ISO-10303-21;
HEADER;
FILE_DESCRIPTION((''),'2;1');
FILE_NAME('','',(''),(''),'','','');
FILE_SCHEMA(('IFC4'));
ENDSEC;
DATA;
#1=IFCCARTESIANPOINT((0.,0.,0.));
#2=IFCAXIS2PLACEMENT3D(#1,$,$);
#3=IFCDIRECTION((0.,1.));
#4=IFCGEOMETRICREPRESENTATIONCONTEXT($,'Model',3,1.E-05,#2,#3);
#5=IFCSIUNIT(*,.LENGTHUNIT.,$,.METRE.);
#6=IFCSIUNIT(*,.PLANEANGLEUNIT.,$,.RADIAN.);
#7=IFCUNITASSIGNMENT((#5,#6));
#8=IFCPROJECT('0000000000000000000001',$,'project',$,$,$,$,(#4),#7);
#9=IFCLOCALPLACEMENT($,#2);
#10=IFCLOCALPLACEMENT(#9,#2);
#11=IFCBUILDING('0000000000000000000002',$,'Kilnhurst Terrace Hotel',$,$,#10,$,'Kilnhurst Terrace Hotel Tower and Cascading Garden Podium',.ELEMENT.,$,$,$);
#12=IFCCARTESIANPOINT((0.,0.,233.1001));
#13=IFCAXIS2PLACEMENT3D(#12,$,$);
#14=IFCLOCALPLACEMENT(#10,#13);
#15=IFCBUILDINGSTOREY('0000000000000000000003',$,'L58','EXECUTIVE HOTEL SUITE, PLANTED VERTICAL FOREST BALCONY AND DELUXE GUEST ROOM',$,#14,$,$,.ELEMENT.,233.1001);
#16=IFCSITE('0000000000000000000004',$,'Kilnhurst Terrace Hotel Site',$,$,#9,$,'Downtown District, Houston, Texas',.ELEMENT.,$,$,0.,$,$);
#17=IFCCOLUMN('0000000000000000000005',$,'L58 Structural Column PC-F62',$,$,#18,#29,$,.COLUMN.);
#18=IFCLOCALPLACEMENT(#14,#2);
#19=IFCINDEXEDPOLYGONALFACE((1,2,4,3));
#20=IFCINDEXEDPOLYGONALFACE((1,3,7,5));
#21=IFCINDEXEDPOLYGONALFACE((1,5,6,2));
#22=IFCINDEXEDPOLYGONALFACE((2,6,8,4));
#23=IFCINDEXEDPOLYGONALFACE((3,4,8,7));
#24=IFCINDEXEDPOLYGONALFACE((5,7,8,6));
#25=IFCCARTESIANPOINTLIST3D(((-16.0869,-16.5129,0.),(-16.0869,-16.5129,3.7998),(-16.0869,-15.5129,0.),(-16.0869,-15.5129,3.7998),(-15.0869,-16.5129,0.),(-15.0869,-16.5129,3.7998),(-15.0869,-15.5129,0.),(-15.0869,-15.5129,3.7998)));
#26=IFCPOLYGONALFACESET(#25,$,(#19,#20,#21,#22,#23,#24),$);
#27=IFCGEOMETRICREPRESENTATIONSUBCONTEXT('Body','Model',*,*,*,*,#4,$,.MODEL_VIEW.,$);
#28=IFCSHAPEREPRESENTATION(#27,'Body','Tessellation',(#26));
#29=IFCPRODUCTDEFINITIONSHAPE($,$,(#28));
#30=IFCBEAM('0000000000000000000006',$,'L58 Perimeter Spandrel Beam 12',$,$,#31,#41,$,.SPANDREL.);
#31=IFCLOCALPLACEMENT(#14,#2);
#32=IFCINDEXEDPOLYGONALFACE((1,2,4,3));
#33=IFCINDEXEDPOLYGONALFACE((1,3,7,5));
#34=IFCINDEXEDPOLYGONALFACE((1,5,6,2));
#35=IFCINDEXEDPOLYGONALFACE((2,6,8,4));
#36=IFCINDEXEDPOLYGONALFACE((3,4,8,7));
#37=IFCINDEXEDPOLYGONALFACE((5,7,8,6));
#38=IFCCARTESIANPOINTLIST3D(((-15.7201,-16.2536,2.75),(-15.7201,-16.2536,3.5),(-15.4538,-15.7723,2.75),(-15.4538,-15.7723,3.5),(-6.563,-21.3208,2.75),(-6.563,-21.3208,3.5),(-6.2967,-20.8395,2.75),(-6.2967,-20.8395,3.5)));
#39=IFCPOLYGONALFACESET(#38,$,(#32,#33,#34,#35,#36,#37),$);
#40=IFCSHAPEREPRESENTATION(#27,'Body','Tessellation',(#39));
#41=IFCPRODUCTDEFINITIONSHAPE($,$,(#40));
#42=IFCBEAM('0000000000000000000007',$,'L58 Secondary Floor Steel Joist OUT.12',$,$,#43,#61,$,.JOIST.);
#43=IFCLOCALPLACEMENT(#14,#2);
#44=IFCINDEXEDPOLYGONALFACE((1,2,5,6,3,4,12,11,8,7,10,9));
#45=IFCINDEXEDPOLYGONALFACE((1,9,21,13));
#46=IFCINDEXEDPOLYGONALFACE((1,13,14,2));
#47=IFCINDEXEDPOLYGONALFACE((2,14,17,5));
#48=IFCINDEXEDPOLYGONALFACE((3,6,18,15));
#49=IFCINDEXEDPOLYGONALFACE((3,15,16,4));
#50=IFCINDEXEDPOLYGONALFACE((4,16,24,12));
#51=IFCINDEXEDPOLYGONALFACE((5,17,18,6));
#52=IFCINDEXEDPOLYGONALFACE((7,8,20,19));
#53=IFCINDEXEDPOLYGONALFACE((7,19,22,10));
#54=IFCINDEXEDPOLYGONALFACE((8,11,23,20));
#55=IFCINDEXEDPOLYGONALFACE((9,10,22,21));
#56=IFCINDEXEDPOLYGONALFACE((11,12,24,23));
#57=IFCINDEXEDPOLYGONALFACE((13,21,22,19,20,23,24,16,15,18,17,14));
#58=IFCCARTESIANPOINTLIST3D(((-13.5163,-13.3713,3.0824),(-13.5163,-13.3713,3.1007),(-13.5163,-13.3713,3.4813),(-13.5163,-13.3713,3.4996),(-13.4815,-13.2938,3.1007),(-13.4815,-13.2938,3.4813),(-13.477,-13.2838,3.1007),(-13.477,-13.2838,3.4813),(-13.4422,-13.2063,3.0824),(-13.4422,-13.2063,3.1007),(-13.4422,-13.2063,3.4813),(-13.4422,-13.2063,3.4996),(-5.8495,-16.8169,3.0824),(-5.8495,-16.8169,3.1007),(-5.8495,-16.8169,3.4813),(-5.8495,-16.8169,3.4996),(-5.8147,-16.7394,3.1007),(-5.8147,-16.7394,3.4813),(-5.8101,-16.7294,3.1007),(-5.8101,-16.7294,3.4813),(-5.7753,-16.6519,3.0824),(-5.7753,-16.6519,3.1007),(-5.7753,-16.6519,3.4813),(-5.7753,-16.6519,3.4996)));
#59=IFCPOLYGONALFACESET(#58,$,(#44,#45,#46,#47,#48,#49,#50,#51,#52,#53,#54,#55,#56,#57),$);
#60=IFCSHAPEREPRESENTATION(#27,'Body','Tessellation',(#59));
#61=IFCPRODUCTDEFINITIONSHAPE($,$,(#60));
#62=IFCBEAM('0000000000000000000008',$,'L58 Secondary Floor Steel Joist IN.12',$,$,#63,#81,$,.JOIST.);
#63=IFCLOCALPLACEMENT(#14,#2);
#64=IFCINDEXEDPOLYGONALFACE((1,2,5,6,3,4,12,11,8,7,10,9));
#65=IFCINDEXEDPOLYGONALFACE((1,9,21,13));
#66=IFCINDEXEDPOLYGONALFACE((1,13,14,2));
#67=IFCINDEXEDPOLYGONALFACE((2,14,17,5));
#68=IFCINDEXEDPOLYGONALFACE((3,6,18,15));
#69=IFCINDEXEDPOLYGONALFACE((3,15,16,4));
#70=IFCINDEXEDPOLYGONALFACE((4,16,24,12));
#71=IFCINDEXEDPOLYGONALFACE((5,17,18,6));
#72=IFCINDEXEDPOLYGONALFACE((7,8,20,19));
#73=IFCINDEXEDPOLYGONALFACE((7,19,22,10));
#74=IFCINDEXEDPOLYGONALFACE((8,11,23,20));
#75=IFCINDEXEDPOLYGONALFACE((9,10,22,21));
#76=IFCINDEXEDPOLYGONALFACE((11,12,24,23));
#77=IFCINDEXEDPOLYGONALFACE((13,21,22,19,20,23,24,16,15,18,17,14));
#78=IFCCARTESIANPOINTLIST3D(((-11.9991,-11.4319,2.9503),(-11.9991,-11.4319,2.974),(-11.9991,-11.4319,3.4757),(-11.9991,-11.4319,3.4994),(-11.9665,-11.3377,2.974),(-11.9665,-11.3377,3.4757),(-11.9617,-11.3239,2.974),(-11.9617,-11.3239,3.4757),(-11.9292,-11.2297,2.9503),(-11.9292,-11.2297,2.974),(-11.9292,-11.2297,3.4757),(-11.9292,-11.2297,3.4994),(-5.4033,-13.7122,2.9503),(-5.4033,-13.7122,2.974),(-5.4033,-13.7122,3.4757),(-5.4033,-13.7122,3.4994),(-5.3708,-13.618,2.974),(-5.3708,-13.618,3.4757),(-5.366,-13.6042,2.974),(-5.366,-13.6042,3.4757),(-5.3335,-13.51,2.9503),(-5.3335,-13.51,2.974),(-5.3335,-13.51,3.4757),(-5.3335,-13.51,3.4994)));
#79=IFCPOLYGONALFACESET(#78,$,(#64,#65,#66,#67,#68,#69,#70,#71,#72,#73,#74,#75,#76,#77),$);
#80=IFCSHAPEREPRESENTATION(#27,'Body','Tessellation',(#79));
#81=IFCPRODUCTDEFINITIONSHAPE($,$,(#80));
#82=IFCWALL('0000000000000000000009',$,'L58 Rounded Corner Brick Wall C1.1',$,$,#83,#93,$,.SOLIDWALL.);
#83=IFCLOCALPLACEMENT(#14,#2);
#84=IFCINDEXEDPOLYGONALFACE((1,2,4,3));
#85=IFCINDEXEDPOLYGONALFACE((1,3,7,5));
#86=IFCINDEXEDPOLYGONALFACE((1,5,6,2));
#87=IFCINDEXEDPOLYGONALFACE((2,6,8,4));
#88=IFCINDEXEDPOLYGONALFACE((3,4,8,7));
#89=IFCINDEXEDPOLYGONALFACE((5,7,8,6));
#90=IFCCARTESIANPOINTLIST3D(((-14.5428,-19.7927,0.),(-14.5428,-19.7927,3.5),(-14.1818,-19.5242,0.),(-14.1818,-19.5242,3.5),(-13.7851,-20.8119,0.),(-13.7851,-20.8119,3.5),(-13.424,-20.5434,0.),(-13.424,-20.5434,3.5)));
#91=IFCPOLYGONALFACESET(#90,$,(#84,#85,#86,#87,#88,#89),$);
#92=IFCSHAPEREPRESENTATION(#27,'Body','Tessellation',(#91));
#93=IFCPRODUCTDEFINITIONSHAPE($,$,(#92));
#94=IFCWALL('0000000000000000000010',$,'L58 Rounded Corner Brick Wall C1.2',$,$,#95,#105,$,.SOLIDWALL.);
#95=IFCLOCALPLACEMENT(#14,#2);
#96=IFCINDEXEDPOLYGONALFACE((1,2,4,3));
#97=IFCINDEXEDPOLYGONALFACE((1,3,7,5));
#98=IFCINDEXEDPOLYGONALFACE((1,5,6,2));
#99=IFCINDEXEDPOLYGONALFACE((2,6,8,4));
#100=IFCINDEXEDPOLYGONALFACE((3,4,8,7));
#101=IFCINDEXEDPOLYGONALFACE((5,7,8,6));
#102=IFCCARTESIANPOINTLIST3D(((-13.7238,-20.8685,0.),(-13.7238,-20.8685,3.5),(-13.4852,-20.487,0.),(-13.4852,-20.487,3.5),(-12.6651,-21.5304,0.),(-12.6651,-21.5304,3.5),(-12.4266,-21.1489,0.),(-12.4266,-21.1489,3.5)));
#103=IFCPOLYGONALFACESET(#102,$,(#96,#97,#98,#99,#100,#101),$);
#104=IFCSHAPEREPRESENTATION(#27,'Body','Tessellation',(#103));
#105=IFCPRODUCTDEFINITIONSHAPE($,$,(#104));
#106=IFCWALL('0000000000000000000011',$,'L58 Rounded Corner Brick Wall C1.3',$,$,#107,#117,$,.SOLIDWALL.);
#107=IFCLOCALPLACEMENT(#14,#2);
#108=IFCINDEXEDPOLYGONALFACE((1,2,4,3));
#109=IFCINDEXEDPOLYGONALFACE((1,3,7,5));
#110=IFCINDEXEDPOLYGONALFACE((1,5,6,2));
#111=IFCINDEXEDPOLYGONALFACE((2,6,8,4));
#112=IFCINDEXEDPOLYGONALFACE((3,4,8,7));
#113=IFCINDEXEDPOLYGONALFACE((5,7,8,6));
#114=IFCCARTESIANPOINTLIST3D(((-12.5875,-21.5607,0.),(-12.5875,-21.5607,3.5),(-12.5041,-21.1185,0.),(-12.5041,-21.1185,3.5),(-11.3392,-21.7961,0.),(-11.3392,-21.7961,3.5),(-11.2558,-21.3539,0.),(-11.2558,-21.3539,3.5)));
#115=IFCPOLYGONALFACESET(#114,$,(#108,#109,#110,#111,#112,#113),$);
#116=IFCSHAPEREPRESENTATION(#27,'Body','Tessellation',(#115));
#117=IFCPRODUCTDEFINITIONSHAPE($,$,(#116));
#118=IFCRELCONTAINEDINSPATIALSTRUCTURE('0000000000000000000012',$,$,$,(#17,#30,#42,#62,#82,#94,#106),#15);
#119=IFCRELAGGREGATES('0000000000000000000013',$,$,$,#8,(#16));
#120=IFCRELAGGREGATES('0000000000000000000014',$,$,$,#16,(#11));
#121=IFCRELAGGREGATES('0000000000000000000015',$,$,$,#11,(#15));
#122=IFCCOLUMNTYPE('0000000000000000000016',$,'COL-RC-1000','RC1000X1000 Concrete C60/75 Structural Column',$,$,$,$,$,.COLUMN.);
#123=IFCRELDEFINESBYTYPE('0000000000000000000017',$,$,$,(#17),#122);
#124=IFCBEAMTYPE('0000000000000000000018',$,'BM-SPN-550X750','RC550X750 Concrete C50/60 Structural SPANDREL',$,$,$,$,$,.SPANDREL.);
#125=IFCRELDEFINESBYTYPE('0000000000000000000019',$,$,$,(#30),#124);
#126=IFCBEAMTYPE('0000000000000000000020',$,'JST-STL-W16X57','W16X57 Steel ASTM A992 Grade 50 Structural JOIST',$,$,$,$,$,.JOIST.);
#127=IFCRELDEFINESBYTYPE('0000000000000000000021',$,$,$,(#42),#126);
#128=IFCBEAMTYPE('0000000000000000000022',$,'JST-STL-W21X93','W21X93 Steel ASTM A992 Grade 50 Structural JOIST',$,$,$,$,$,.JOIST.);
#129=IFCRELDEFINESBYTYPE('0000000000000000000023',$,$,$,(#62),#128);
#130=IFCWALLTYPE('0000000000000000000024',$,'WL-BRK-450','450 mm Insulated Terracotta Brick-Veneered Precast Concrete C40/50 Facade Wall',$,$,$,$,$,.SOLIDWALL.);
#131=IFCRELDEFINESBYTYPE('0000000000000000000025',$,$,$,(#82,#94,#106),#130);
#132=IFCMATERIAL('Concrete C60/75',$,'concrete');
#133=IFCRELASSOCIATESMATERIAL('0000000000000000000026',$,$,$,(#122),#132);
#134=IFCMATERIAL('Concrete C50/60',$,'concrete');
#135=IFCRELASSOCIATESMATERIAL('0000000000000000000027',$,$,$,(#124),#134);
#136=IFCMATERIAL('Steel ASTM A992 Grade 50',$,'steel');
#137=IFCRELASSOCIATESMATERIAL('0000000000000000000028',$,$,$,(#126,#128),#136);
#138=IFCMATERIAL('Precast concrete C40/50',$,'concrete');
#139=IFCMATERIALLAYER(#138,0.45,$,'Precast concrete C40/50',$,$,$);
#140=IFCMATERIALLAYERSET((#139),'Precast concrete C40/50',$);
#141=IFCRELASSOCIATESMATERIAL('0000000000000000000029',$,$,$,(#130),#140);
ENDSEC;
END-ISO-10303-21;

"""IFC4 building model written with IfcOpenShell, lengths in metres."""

from ifc_helpers import new_model, si_unit, direction, frame, frame_2d, origin, origin_2d, place, context, subcontext, project, spatial, rectangle, i_section, extrude, material, layer, layer_set, material_profile, profile_set, type_object, element, save


model = new_model("IFC4")

# Units and contexts
model_context = context("Model", 3, precision=1e-05, world=origin(), true_north=direction((0.0, 1.0)))
body_context = subcontext(model_context, "Body", "Model", "MODEL_VIEW")
ifc_project = project(units=[si_unit("LENGTHUNIT", "METRE"), si_unit("PLANEANGLEUNIT", "RADIAN")], contexts=[model_context])

# Site, building, storey
site_placement = place(None, origin())
site = spatial("IfcSite", under=ifc_project, at=site_placement, Name="Kilnhurst Terrace Hotel Site", LongName="Downtown District, Houston, Texas", CompositionType="ELEMENT", RefElevation=0.0)
building_placement = place(site_placement, origin())
building = spatial("IfcBuilding", under=site, at=building_placement, Name="Kilnhurst Terrace Hotel", LongName="Kilnhurst Terrace Hotel Tower and Cascading Garden Podium", CompositionType="ELEMENT")
storey_placement = place(building_placement, frame((0.0, 0.0, 233.1001)))
storey = spatial("IfcBuildingStorey", under=building, at=storey_placement, Name="L58", Description="EXECUTIVE HOTEL SUITE, PLANTED VERTICAL FOREST BALCONY AND DELUXE GUEST ROOM", CompositionType="ELEMENT", Elevation=233.1001)

# Column
ifc_material_1 = material(Name="Concrete C60/75", Category="concrete")
ifc_material_profile_1 = material_profile(ifc_material_1, rectangle(XDim=1.0, YDim=1.0, at=origin_2d()), Name="RC1000X1000")
ifc_profile_set_1 = profile_set([ifc_material_profile_1], Name="Concrete C60/75")
column_type = type_object("IfcColumnType", Name="COL-RC-1000", Description="RC1000X1000 Concrete C60/75 Structural Column", PredefinedType="COLUMN", material=ifc_profile_set_1)
column_placement = place(storey_placement, frame((-15.5869, -16.0129, 0.0), z_axis=(0.0, 0.0, 1.0), x_axis=(1.0, 0.0, 0.0)))
element("IfcColumn", 1, at=column_placement, inside=storey, type_object=column_type, Name="L58 Structural Column PC-F62", PredefinedType="COLUMN", context=body_context, shape_type="SweptSolid", body=[
    extrude(rectangle(XDim=1.0, YDim=1.0, at=origin_2d()), origin(), (0.0, 0.0, 1.0), 3.7998),
])

# Beams
ifc_material_2 = material(Name="Concrete C50/60", Category="concrete")
ifc_material_profile_2 = material_profile(ifc_material_2, rectangle(XDim=0.55, YDim=0.75, at=origin_2d()), Name="RC550X750")
ifc_profile_set_2 = profile_set([ifc_material_profile_2], Name="Concrete C50/60")
beam_type_1 = type_object("IfcBeamType", Name="BM-SPN-550X750", Description="RC550X750 Concrete C50/60 Structural SPANDREL", PredefinedType="SPANDREL", material=ifc_profile_set_2)
beam_1_placement = place(storey_placement, frame((-15.5869, -16.0129, 3.125), z_axis=(0.87497, -0.484177, 0.0), x_axis=(0.484177, 0.87497, 0.0)))
element("IfcBeam", 2, at=beam_1_placement, inside=storey, type_object=beam_type_1, Name="L58 Perimeter Spandrel Beam 12", PredefinedType="SPANDREL", context=body_context, shape_type="SweptSolid", body=[
    extrude(rectangle(XDim=0.55, YDim=0.75, at=origin_2d()), origin(), (0.0, 0.0, 1.0), 10.4656),
])
ifc_material_3 = material(Name="Steel ASTM A992 Grade 50", Category="steel")
ifc_material_profile_3 = material_profile(ifc_material_3, i_section(OverallWidth=0.1809, OverallDepth=0.4172, WebThickness=0.011, FlangeThickness=0.0183, at=origin_2d()), Name="W16X57")
ifc_profile_set_3 = profile_set([ifc_material_profile_3], Name="Steel ASTM A992 Grade 50")
beam_type_2 = type_object("IfcBeamType", Name="JST-STL-W16X57", Description="W16X57 Steel ASTM A992 Grade 50 Structural JOIST", PredefinedType="JOIST", material=ifc_profile_set_3)
beam_2_placement = place(storey_placement, frame((-13.4792, -13.2888, 3.291), z_axis=(0.912121, -0.409921, 0.0), x_axis=(0.409921, 0.912121, 0.0)))
element("IfcBeam", 3, at=beam_2_placement, inside=storey, type_object=beam_type_2, Name="L58 Secondary Floor Steel Joist OUT.12", PredefinedType="JOIST", context=body_context, shape_type="SweptSolid", body=[
    extrude(i_section(OverallWidth=0.1809, OverallDepth=0.4172, WebThickness=0.011, FlangeThickness=0.0183, at=origin_2d()), origin(), (0.0, 0.0, 1.0), 8.4055),
])
ifc_material_profile_4 = material_profile(ifc_material_3, i_section(OverallWidth=0.2139, OverallDepth=0.5491, WebThickness=0.0146, FlangeThickness=0.0237, at=origin_2d()), Name="W21X93")
ifc_profile_set_4 = profile_set([ifc_material_profile_4], Name="Steel ASTM A992 Grade 50")
beam_type_3 = type_object("IfcBeamType", Name="JST-STL-W21X93", Description="W21X93 Steel ASTM A992 Grade 50 Structural JOIST", PredefinedType="JOIST", material=ifc_profile_set_4)
beam_3_placement = place(storey_placement, frame((-11.9641, -11.3308, 3.2249), z_axis=(0.945112, -0.326745, 0.0), x_axis=(0.326745, 0.945112, 0.0)))
element("IfcBeam", 4, at=beam_3_placement, inside=storey, type_object=beam_type_3, Name="L58 Secondary Floor Steel Joist IN.12", PredefinedType="JOIST", context=body_context, shape_type="SweptSolid", body=[
    extrude(i_section(OverallWidth=0.2139, OverallDepth=0.5491, WebThickness=0.0146, FlangeThickness=0.0237, at=origin_2d()), origin(), (0.0, 0.0, 1.0), 6.9788),
])

# Walls
ifc_material_4 = material(Name="Precast concrete C40/50", Category="concrete")
ifc_layer_1 = layer(ifc_material_4, 0.45, Name="Precast concrete C40/50")
ifc_layer_set_1 = layer_set([ifc_layer_1], Name="Precast concrete C40/50")
wall_type_1 = type_object("IfcWallType", Name="WL-BRK-450", Description="450 mm Insulated Terracotta Brick-Veneered Precast Concrete C40/50 Facade Wall", PredefinedType="SOLIDWALL", material=ifc_layer_set_1)
wall_1_placement = place(storey_placement, frame((-14.3623, -19.6584, 0.0), z_axis=(0.0, 0.0, 1.0), x_axis=(0.596642, -0.802507, 0.0)))
element("IfcWall", 5, at=wall_1_placement, inside=storey, type_object=wall_type_1, Name="L58 Rounded Corner Brick Wall C1.1", PredefinedType="SOLIDWALL", context=body_context, shape_type="SweptSolid", body=[
    extrude(rectangle(XDim=1.27, YDim=0.45, at=frame_2d((0.635, 0.0))), origin(), (0.0, 0.0, 1.0), 3.5),
])
wall_2_placement = place(storey_placement, frame((-13.6045, -20.6777, 0.0), z_axis=(0.0, 0.0, 1.0), x_axis=(0.84791, -0.53014, 0.0)))
element("IfcWall", 6, at=wall_2_placement, inside=storey, type_object=wall_type_1, Name="L58 Rounded Corner Brick Wall C1.2", PredefinedType="SOLIDWALL", context=body_context, shape_type="SweptSolid", body=[
    extrude(rectangle(XDim=1.2485, YDim=0.45, at=frame_2d((0.6243, 0.0))), origin(), (0.0, 0.0, 1.0), 3.5),
])
wall_3_placement = place(storey_placement, frame((-12.5459, -21.3396, 0.0), z_axis=(0.0, 0.0, 1.0), x_axis=(0.982687, -0.185275, 0.0)))
element("IfcWall", 7, at=wall_3_placement, inside=storey, type_object=wall_type_1, Name="L58 Rounded Corner Brick Wall C1.3", PredefinedType="SOLIDWALL", context=body_context, shape_type="SweptSolid", body=[
    extrude(rectangle(XDim=1.2703, YDim=0.45, at=frame_2d((0.6353, 0.0))), origin(), (0.0, 0.0, 1.0), 3.5),
])

save(model, "model.ifc")
